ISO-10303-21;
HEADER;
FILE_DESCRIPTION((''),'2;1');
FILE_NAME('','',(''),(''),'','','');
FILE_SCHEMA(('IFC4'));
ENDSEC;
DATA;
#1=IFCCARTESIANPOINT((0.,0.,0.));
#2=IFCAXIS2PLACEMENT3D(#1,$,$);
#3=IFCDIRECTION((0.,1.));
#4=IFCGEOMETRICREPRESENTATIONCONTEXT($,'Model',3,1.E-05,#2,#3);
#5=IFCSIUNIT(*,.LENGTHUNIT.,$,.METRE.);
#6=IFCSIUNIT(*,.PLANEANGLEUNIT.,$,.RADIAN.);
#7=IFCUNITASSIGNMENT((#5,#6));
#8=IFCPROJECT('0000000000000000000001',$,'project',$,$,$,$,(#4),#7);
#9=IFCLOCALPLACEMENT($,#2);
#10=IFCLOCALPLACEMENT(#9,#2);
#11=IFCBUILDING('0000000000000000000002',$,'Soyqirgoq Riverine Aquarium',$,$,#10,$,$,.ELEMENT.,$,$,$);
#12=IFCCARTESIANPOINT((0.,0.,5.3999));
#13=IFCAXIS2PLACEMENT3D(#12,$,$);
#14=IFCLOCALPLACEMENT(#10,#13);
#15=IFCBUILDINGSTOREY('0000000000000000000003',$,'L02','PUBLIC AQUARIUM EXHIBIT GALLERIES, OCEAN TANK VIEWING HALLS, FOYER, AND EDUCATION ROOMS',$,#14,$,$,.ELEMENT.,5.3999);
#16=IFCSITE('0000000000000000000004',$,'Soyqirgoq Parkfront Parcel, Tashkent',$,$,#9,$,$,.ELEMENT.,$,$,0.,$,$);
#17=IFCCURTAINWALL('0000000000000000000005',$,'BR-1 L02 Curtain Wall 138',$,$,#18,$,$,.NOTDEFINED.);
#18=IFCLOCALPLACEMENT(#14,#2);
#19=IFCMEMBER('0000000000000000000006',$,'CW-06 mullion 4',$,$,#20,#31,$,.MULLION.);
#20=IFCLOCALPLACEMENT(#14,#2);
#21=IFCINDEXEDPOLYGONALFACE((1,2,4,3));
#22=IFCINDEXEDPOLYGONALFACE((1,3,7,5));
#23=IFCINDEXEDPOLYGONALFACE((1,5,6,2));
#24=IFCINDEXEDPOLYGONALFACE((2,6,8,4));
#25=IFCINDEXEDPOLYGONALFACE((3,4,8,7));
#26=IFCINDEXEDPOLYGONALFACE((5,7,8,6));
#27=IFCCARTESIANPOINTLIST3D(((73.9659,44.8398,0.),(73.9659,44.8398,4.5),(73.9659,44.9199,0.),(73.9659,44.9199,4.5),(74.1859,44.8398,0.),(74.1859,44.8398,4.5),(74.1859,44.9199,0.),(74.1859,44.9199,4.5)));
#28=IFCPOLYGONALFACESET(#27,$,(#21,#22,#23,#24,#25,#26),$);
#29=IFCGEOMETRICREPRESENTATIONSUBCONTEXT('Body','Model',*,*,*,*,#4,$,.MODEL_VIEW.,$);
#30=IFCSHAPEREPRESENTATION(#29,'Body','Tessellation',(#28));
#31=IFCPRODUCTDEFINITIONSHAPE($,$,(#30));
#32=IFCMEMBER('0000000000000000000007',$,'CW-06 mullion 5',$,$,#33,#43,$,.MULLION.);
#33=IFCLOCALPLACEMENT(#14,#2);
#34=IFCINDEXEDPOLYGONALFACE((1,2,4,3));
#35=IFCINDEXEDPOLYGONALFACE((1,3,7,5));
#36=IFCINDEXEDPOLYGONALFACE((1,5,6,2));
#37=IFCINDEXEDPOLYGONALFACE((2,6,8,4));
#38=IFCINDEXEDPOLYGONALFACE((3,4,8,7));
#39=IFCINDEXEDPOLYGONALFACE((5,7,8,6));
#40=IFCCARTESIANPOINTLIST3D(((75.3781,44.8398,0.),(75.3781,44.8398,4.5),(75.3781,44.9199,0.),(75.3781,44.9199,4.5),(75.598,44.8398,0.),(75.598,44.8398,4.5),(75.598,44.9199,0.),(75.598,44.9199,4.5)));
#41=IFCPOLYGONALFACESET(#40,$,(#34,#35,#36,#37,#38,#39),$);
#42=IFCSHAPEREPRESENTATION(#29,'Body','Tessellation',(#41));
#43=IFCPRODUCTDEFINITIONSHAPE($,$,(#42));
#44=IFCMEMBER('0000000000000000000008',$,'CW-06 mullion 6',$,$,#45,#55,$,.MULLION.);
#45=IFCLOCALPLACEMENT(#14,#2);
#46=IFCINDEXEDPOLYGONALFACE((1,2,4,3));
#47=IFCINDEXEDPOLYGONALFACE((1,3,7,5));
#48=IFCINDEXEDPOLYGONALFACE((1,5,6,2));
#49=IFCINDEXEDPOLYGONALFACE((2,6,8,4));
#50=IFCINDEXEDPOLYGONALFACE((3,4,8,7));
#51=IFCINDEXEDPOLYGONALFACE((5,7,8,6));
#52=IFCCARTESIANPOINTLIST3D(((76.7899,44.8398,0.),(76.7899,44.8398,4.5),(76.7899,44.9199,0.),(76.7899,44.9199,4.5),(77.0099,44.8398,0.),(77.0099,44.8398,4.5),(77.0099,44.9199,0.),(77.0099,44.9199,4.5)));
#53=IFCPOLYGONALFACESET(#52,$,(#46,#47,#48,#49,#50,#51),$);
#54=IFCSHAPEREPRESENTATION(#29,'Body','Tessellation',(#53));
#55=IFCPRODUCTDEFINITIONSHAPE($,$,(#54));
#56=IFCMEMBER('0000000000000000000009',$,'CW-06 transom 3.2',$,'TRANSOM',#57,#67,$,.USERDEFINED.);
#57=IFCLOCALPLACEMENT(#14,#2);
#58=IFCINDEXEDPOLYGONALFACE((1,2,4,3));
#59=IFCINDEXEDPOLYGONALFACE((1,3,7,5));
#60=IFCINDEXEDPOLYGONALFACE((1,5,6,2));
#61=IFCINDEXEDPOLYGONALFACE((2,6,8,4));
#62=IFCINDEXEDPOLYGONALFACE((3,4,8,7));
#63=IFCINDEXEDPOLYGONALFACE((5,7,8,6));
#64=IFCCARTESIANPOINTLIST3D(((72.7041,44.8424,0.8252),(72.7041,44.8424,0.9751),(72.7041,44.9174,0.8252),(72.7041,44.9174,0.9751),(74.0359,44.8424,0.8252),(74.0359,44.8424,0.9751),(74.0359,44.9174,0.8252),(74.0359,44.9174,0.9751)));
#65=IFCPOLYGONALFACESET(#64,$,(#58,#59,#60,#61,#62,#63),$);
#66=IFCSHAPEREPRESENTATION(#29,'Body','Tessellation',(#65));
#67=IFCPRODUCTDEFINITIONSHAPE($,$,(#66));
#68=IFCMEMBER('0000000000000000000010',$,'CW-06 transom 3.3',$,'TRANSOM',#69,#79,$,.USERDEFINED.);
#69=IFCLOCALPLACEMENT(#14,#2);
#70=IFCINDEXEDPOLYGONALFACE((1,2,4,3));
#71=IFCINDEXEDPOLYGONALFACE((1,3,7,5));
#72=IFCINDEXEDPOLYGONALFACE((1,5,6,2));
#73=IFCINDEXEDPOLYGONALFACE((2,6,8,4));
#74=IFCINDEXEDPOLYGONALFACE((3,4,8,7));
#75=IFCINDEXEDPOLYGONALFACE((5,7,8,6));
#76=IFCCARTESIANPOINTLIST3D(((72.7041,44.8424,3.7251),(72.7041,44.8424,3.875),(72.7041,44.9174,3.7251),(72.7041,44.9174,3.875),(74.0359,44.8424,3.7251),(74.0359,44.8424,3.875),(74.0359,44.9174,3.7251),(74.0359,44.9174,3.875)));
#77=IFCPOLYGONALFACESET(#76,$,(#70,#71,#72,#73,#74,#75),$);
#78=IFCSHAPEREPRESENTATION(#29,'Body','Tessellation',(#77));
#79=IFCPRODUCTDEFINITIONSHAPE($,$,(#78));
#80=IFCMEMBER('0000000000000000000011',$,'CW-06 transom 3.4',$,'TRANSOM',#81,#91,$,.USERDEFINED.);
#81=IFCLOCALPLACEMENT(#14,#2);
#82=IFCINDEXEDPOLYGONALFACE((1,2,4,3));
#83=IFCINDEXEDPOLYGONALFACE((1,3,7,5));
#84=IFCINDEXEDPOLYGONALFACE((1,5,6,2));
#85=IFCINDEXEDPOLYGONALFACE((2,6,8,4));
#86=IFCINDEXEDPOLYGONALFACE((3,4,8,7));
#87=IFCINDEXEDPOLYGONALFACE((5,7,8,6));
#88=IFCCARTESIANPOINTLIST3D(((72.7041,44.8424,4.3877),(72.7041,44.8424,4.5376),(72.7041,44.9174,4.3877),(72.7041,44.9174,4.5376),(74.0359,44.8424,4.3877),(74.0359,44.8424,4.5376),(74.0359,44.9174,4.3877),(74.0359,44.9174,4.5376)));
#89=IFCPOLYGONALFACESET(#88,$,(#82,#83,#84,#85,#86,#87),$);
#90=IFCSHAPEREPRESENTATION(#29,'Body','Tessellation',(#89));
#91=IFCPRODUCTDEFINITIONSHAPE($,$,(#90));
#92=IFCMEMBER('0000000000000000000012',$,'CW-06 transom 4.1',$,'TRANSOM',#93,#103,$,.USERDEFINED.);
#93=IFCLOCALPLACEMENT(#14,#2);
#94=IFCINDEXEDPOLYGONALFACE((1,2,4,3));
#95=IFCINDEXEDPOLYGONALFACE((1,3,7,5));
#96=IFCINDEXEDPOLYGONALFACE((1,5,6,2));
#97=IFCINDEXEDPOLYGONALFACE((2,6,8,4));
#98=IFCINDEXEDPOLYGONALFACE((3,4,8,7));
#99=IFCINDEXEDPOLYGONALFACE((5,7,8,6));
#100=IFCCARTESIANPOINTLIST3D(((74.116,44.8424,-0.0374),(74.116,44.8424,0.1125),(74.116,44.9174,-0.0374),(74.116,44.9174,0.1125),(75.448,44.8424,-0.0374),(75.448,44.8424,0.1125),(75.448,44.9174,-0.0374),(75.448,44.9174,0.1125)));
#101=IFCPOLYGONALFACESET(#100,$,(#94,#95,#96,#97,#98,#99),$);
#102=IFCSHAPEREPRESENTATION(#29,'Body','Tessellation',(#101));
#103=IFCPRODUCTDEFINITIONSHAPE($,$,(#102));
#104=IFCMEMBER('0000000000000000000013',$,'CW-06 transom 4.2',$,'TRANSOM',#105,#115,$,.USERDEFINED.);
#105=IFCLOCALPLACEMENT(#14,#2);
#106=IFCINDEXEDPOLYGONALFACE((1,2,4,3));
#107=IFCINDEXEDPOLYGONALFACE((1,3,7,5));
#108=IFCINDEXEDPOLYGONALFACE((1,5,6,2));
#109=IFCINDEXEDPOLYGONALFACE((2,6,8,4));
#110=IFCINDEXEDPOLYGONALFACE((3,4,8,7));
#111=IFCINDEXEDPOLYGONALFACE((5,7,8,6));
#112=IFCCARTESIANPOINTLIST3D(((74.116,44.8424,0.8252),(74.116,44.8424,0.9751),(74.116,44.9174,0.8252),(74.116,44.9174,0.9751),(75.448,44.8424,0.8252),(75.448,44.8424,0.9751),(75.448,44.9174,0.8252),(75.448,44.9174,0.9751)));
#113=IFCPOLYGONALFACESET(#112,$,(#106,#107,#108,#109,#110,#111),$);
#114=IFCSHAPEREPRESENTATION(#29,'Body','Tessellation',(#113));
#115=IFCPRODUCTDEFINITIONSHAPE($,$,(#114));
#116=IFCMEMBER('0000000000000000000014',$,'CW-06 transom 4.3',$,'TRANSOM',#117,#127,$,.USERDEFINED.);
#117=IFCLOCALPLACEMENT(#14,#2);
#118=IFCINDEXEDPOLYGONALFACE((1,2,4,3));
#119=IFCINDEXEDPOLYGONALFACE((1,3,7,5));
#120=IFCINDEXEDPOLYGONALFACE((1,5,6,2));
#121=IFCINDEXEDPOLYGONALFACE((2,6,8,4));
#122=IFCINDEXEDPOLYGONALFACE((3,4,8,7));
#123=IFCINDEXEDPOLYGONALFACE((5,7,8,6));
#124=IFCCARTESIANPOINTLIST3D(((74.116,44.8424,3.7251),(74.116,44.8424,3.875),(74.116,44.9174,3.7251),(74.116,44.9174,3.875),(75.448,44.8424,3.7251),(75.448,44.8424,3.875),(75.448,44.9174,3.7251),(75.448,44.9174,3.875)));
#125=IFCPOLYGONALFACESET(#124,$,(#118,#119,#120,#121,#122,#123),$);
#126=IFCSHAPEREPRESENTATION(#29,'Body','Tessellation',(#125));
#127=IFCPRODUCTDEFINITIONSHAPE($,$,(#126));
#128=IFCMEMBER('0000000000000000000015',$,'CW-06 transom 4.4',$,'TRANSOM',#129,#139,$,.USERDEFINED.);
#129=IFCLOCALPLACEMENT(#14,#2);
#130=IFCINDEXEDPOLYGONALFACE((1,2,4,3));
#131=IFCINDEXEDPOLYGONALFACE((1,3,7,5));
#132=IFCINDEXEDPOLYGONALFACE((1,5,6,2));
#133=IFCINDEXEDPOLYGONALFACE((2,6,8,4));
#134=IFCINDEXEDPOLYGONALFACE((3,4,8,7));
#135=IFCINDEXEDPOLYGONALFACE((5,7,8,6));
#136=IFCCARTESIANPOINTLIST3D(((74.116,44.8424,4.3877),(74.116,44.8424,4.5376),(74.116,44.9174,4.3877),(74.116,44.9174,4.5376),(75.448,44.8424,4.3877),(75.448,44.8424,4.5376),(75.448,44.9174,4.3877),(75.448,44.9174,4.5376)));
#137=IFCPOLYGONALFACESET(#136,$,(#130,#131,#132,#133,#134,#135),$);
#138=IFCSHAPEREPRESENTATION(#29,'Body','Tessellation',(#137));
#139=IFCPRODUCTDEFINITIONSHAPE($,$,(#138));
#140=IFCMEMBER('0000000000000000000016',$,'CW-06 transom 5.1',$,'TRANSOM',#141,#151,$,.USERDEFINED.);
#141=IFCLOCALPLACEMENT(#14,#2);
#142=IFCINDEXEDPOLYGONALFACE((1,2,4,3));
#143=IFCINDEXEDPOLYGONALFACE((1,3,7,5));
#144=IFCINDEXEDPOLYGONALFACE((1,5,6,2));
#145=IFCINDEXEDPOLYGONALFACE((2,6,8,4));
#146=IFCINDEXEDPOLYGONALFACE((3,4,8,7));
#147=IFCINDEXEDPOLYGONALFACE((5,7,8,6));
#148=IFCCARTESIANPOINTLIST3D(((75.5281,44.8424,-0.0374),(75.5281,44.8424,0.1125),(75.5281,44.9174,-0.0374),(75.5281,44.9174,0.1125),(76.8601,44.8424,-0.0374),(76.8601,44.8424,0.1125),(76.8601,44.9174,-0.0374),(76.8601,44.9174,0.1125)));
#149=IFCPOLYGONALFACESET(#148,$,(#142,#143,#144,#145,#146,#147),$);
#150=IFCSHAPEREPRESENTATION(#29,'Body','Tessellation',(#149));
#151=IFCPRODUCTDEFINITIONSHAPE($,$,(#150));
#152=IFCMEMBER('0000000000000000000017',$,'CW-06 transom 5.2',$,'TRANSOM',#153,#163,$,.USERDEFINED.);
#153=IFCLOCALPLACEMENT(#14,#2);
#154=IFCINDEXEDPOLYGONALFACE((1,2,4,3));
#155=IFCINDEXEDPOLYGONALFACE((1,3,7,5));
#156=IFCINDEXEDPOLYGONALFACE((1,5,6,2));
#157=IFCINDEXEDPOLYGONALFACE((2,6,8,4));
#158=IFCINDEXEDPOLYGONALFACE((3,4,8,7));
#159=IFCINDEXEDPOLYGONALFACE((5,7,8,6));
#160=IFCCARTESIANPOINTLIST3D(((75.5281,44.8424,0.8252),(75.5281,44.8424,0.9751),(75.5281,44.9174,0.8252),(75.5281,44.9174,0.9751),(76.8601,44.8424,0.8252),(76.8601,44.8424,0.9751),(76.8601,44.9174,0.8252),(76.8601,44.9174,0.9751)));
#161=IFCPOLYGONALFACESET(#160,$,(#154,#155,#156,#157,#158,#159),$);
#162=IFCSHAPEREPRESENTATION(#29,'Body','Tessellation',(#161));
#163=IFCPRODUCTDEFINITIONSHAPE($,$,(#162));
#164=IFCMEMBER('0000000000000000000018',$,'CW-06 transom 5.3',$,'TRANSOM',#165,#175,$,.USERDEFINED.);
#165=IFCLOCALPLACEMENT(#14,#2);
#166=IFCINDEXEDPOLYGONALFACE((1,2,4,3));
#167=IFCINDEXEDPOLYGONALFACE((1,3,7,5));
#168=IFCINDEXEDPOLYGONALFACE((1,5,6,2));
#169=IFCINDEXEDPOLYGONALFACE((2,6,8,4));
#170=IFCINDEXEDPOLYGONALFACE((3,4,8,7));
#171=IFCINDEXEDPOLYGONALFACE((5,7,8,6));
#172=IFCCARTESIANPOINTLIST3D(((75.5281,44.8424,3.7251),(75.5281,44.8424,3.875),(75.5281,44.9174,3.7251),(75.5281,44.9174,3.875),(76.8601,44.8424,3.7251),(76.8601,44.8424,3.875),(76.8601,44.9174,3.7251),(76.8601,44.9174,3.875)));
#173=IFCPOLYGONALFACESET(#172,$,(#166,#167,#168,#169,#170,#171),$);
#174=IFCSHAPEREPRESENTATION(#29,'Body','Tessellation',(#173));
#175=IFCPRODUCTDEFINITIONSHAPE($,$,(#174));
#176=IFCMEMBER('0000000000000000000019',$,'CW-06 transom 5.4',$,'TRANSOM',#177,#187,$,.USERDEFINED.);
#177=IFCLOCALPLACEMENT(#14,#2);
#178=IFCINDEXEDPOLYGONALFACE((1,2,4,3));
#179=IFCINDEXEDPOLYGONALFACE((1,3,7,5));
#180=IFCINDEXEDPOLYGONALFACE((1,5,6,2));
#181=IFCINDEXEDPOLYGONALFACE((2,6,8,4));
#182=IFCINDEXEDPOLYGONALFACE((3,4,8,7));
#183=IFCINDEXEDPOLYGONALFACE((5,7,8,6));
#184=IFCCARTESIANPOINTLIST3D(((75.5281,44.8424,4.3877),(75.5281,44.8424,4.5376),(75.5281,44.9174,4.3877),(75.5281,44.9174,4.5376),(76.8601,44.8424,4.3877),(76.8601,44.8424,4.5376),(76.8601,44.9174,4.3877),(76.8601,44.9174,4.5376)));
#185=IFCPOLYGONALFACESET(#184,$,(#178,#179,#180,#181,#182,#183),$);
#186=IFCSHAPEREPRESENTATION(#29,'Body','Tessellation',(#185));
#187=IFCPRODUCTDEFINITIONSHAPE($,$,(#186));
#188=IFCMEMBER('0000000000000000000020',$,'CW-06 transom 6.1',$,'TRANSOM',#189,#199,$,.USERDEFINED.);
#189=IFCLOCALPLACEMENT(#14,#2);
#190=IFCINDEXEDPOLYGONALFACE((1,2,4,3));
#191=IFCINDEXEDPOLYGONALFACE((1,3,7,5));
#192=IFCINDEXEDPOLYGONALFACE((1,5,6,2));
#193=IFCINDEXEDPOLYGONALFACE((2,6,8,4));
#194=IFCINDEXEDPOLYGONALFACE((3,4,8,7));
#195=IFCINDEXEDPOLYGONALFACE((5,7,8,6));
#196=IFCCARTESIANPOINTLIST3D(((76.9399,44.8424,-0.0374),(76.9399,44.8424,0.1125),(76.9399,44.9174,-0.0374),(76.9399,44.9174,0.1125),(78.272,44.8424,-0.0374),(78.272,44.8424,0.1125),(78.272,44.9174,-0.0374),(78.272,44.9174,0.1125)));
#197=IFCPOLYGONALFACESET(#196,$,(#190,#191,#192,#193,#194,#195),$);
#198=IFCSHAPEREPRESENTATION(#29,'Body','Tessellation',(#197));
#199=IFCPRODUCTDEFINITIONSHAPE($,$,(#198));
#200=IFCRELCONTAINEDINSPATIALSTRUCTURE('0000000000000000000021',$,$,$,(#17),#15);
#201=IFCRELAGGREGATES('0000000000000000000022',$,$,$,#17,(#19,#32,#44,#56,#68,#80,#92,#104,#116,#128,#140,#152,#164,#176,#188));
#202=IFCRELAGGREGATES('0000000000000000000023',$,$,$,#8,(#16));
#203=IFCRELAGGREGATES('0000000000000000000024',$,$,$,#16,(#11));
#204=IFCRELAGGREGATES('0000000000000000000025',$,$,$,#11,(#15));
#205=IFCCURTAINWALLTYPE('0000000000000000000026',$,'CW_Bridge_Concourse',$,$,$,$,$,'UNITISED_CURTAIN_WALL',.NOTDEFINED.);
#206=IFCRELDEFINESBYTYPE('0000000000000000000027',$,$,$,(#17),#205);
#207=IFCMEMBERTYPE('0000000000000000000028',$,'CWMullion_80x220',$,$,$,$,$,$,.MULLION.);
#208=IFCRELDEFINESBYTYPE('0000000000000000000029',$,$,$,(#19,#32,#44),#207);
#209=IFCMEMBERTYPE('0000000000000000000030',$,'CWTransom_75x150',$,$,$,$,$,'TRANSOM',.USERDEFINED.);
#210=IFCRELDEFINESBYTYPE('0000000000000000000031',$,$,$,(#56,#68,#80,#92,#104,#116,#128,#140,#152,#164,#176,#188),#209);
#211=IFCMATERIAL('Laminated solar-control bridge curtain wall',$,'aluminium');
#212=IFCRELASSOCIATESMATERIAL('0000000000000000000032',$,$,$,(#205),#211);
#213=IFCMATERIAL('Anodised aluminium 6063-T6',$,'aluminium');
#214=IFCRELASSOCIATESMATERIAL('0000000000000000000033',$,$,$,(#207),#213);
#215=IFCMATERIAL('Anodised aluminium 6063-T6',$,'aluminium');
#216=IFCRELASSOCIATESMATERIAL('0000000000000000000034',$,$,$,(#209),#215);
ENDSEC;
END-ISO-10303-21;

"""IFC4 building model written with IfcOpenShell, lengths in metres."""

from ifc_helpers import new_model, si_unit, direction, frame, origin, origin_2d, place, context, subcontext, project, spatial, rectangle, extrude, material, material_profile, profile_set, type_object, element, aggregate, save


model = new_model("IFC4")

# Units and contexts
model_context = context("Model", 3, precision=1e-05, world=origin(), true_north=direction((0.0, 1.0)))
body_context = subcontext(model_context, "Body", "Model", "MODEL_VIEW")
ifc_project = project(units=[si_unit("LENGTHUNIT", "METRE"), si_unit("PLANEANGLEUNIT", "RADIAN")], contexts=[model_context])

# Site, building, storey
site_placement = place(None, origin())
site = spatial("IfcSite", under=ifc_project, at=site_placement, Name="Soyqirgoq Parkfront Parcel, Tashkent", CompositionType="ELEMENT", RefElevation=0.0)
building_placement = place(site_placement, origin())
building = spatial("IfcBuilding", under=site, at=building_placement, Name="Soyqirgoq Riverine Aquarium", CompositionType="ELEMENT")
storey_placement = place(building_placement, frame((0.0, 0.0, 5.3999)))
storey = spatial("IfcBuildingStorey", under=building, at=storey_placement, Name="L02", Description="PUBLIC AQUARIUM EXHIBIT GALLERIES, OCEAN TANK VIEWING HALLS, FOYER, AND EDUCATION ROOMS", CompositionType="ELEMENT", Elevation=5.3999)

# Curtain wall, members
ifc_material_1 = material(Name="Laminated solar-control bridge curtain wall", Category="aluminium")
curtain_wall_type = type_object("IfcCurtainWallType", Name="CW_Bridge_Concourse", ElementType="UNITISED_CURTAIN_WALL", PredefinedType="NOTDEFINED", material=ifc_material_1)
curtain_wall_placement = place(storey_placement, origin())
curtain_wall = element("IfcCurtainWall", 1, at=curtain_wall_placement, inside=storey, type_object=curtain_wall_type, Name="BR-1 L02 Curtain Wall 138", PredefinedType="NOTDEFINED")
ifc_material_2 = material(Name="Anodised aluminium 6063-T6", Category="aluminium")
ifc_material_profile_1 = material_profile(ifc_material_2, rectangle(XDim=0.0801, YDim=0.22, at=origin_2d()), Name="ALU-M 80x220")
ifc_profile_set_1 = profile_set([ifc_material_profile_1], Name="Anodised aluminium 6063-T6")
member_type_1 = type_object("IfcMemberType", Name="CWMullion_80x220", PredefinedType="MULLION", material=ifc_profile_set_1)
member_1_placement = place(storey_placement, frame((74.0759, 44.8799, 0.0), z_axis=(0.0, 0.0, 1.0), x_axis=(0.0, 1.0, 0.0)))
member_1 = element("IfcMember", 2, at=member_1_placement, type_object=member_type_1, Name="CW-06 mullion 4", PredefinedType="MULLION", context=body_context, shape_type="SweptSolid", body=[
    extrude(rectangle(XDim=0.0801, YDim=0.22, at=origin_2d()), origin(), (0.0, 0.0, 1.0), 4.5),
])
member_2_placement = place(storey_placement, frame((75.488, 44.8799, 0.0), z_axis=(0.0, 0.0, 1.0), x_axis=(0.0, 1.0, 0.0)))
member_2 = element("IfcMember", 3, at=member_2_placement, type_object=member_type_1, Name="CW-06 mullion 5", PredefinedType="MULLION", context=body_context, shape_type="SweptSolid", body=[
    extrude(rectangle(XDim=0.0801, YDim=0.22, at=origin_2d()), origin(), (0.0, 0.0, 1.0), 4.5),
])
member_3_placement = place(storey_placement, frame((76.8999, 44.8799, 0.0), z_axis=(0.0, 0.0, 1.0), x_axis=(0.0, 1.0, 0.0)))
member_3 = element("IfcMember", 4, at=member_3_placement, type_object=member_type_1, Name="CW-06 mullion 6", PredefinedType="MULLION", context=body_context, shape_type="SweptSolid", body=[
    extrude(rectangle(XDim=0.0801, YDim=0.22, at=origin_2d()), origin(), (0.0, 0.0, 1.0), 4.5),
])
ifc_material_3 = material(Name="Anodised aluminium 6063-T6", Category="aluminium")
ifc_material_profile_2 = material_profile(ifc_material_3, rectangle(XDim=0.075, YDim=0.1499, at=origin_2d()), Name="ALU-T 75x150")
ifc_profile_set_2 = profile_set([ifc_material_profile_2], Name="Anodised aluminium 6063-T6")
member_type_2 = type_object("IfcMemberType", Name="CWTransom_75x150", ElementType="TRANSOM", PredefinedType="USERDEFINED", material=ifc_profile_set_2)
member_4_placement = place(storey_placement, frame((72.7041, 44.8799, 0.9001), z_axis=(1.0, 0.0, 0.0), x_axis=(0.0, 1.0, 0.0)))
member_4 = element("IfcMember", 5, at=member_4_placement, type_object=member_type_2, Name="CW-06 transom 3.2", ObjectType="TRANSOM", PredefinedType="USERDEFINED", context=body_context, shape_type="SweptSolid", body=[
    extrude(rectangle(XDim=0.075, YDim=0.1499, at=origin_2d()), origin(), (0.0, 0.0, 1.0), 1.3318),
])
member_5_placement = place(storey_placement, frame((72.7041, 44.8799, 3.8), z_axis=(1.0, 0.0, 0.0), x_axis=(0.0, 1.0, 0.0)))
member_5 = element("IfcMember", 6, at=member_5_placement, type_object=member_type_2, Name="CW-06 transom 3.3", ObjectType="TRANSOM", PredefinedType="USERDEFINED", context=body_context, shape_type="SweptSolid", body=[
    extrude(rectangle(XDim=0.075, YDim=0.1499, at=origin_2d()), origin(), (0.0, 0.0, 1.0), 1.3318),
])
member_6_placement = place(storey_placement, frame((72.7041, 44.8799, 4.4626), z_axis=(1.0, 0.0, 0.0), x_axis=(0.0, 1.0, 0.0)))
member_6 = element("IfcMember", 7, at=member_6_placement, type_object=member_type_2, Name="CW-06 transom 3.4", ObjectType="TRANSOM", PredefinedType="USERDEFINED", context=body_context, shape_type="SweptSolid", body=[
    extrude(rectangle(XDim=0.075, YDim=0.1499, at=origin_2d()), origin(), (0.0, 0.0, 1.0), 1.3318),
])
member_7_placement = place(storey_placement, frame((74.116, 44.8799, 0.0376), z_axis=(1.0, 0.0, 0.0), x_axis=(0.0, 1.0, 0.0)))
member_7 = element("IfcMember", 8, at=member_7_placement, type_object=member_type_2, Name="CW-06 transom 4.1", ObjectType="TRANSOM", PredefinedType="USERDEFINED", context=body_context, shape_type="SweptSolid", body=[
    extrude(rectangle(XDim=0.075, YDim=0.1499, at=origin_2d()), origin(), (0.0, 0.0, 1.0), 1.332),
])
member_8_placement = place(storey_placement, frame((74.116, 44.8799, 0.9001), z_axis=(1.0, 0.0, 0.0), x_axis=(0.0, 1.0, 0.0)))
member_8 = element("IfcMember", 9, at=member_8_placement, type_object=member_type_2, Name="CW-06 transom 4.2", ObjectType="TRANSOM", PredefinedType="USERDEFINED", context=body_context, shape_type="SweptSolid", body=[
    extrude(rectangle(XDim=0.075, YDim=0.1499, at=origin_2d()), origin(), (0.0, 0.0, 1.0), 1.332),
])
member_9_placement = place(storey_placement, frame((74.116, 44.8799, 3.8), z_axis=(1.0, 0.0, 0.0), x_axis=(0.0, 1.0, 0.0)))
member_9 = element("IfcMember", 10, at=member_9_placement, type_object=member_type_2, Name="CW-06 transom 4.3", ObjectType="TRANSOM", PredefinedType="USERDEFINED", context=body_context, shape_type="SweptSolid", body=[
    extrude(rectangle(XDim=0.075, YDim=0.1499, at=origin_2d()), origin(), (0.0, 0.0, 1.0), 1.332),
])
member_10_placement = place(storey_placement, frame((74.116, 44.8799, 4.4626), z_axis=(1.0, 0.0, 0.0), x_axis=(0.0, 1.0, 0.0)))
member_10 = element("IfcMember", 11, at=member_10_placement, type_object=member_type_2, Name="CW-06 transom 4.4", ObjectType="TRANSOM", PredefinedType="USERDEFINED", context=body_context, shape_type="SweptSolid", body=[
    extrude(rectangle(XDim=0.075, YDim=0.1499, at=origin_2d()), origin(), (0.0, 0.0, 1.0), 1.332),
])
member_11_placement = place(storey_placement, frame((75.5281, 44.8799, 0.0376), z_axis=(1.0, 0.0, 0.0), x_axis=(0.0, 1.0, 0.0)))
member_11 = element("IfcMember", 12, at=member_11_placement, type_object=member_type_2, Name="CW-06 transom 5.1", ObjectType="TRANSOM", PredefinedType="USERDEFINED", context=body_context, shape_type="SweptSolid", body=[
    extrude(rectangle(XDim=0.075, YDim=0.1499, at=origin_2d()), origin(), (0.0, 0.0, 1.0), 1.332),
])
member_12_placement = place(storey_placement, frame((75.5281, 44.8799, 0.9001), z_axis=(1.0, 0.0, 0.0), x_axis=(0.0, 1.0, 0.0)))
member_12 = element("IfcMember", 13, at=member_12_placement, type_object=member_type_2, Name="CW-06 transom 5.2", ObjectType="TRANSOM", PredefinedType="USERDEFINED", context=body_context, shape_type="SweptSolid", body=[
    extrude(rectangle(XDim=0.075, YDim=0.1499, at=origin_2d()), origin(), (0.0, 0.0, 1.0), 1.332),
])
member_13_placement = place(storey_placement, frame((75.5281, 44.8799, 3.8), z_axis=(1.0, 0.0, 0.0), x_axis=(0.0, 1.0, 0.0)))
member_13 = element("IfcMember", 14, at=member_13_placement, type_object=member_type_2, Name="CW-06 transom 5.3", ObjectType="TRANSOM", PredefinedType="USERDEFINED", context=body_context, shape_type="SweptSolid", body=[
    extrude(rectangle(XDim=0.075, YDim=0.1499, at=origin_2d()), origin(), (0.0, 0.0, 1.0), 1.332),
])
member_14_placement = place(storey_placement, frame((75.5281, 44.8799, 4.4626), z_axis=(1.0, 0.0, 0.0), x_axis=(0.0, 1.0, 0.0)))
member_14 = element("IfcMember", 15, at=member_14_placement, type_object=member_type_2, Name="CW-06 transom 5.4", ObjectType="TRANSOM", PredefinedType="USERDEFINED", context=body_context, shape_type="SweptSolid", body=[
    extrude(rectangle(XDim=0.075, YDim=0.1499, at=origin_2d()), origin(), (0.0, 0.0, 1.0), 1.332),
])
member_15_placement = place(storey_placement, frame((76.9399, 44.8799, 0.0376), z_axis=(1.0, 0.0, 0.0), x_axis=(0.0, 1.0, 0.0)))
member_15 = element("IfcMember", 16, at=member_15_placement, type_object=member_type_2, Name="CW-06 transom 6.1", ObjectType="TRANSOM", PredefinedType="USERDEFINED", context=body_context, shape_type="SweptSolid", body=[
    extrude(rectangle(XDim=0.075, YDim=0.1499, at=origin_2d()), origin(), (0.0, 0.0, 1.0), 1.332),
])
aggregate(curtain_wall, [member_1, member_2, member_3, member_4, member_5, member_6, member_7, member_8, member_9, member_10, member_11, member_12, member_13, member_14, member_15])

save(model, "model.ifc")
